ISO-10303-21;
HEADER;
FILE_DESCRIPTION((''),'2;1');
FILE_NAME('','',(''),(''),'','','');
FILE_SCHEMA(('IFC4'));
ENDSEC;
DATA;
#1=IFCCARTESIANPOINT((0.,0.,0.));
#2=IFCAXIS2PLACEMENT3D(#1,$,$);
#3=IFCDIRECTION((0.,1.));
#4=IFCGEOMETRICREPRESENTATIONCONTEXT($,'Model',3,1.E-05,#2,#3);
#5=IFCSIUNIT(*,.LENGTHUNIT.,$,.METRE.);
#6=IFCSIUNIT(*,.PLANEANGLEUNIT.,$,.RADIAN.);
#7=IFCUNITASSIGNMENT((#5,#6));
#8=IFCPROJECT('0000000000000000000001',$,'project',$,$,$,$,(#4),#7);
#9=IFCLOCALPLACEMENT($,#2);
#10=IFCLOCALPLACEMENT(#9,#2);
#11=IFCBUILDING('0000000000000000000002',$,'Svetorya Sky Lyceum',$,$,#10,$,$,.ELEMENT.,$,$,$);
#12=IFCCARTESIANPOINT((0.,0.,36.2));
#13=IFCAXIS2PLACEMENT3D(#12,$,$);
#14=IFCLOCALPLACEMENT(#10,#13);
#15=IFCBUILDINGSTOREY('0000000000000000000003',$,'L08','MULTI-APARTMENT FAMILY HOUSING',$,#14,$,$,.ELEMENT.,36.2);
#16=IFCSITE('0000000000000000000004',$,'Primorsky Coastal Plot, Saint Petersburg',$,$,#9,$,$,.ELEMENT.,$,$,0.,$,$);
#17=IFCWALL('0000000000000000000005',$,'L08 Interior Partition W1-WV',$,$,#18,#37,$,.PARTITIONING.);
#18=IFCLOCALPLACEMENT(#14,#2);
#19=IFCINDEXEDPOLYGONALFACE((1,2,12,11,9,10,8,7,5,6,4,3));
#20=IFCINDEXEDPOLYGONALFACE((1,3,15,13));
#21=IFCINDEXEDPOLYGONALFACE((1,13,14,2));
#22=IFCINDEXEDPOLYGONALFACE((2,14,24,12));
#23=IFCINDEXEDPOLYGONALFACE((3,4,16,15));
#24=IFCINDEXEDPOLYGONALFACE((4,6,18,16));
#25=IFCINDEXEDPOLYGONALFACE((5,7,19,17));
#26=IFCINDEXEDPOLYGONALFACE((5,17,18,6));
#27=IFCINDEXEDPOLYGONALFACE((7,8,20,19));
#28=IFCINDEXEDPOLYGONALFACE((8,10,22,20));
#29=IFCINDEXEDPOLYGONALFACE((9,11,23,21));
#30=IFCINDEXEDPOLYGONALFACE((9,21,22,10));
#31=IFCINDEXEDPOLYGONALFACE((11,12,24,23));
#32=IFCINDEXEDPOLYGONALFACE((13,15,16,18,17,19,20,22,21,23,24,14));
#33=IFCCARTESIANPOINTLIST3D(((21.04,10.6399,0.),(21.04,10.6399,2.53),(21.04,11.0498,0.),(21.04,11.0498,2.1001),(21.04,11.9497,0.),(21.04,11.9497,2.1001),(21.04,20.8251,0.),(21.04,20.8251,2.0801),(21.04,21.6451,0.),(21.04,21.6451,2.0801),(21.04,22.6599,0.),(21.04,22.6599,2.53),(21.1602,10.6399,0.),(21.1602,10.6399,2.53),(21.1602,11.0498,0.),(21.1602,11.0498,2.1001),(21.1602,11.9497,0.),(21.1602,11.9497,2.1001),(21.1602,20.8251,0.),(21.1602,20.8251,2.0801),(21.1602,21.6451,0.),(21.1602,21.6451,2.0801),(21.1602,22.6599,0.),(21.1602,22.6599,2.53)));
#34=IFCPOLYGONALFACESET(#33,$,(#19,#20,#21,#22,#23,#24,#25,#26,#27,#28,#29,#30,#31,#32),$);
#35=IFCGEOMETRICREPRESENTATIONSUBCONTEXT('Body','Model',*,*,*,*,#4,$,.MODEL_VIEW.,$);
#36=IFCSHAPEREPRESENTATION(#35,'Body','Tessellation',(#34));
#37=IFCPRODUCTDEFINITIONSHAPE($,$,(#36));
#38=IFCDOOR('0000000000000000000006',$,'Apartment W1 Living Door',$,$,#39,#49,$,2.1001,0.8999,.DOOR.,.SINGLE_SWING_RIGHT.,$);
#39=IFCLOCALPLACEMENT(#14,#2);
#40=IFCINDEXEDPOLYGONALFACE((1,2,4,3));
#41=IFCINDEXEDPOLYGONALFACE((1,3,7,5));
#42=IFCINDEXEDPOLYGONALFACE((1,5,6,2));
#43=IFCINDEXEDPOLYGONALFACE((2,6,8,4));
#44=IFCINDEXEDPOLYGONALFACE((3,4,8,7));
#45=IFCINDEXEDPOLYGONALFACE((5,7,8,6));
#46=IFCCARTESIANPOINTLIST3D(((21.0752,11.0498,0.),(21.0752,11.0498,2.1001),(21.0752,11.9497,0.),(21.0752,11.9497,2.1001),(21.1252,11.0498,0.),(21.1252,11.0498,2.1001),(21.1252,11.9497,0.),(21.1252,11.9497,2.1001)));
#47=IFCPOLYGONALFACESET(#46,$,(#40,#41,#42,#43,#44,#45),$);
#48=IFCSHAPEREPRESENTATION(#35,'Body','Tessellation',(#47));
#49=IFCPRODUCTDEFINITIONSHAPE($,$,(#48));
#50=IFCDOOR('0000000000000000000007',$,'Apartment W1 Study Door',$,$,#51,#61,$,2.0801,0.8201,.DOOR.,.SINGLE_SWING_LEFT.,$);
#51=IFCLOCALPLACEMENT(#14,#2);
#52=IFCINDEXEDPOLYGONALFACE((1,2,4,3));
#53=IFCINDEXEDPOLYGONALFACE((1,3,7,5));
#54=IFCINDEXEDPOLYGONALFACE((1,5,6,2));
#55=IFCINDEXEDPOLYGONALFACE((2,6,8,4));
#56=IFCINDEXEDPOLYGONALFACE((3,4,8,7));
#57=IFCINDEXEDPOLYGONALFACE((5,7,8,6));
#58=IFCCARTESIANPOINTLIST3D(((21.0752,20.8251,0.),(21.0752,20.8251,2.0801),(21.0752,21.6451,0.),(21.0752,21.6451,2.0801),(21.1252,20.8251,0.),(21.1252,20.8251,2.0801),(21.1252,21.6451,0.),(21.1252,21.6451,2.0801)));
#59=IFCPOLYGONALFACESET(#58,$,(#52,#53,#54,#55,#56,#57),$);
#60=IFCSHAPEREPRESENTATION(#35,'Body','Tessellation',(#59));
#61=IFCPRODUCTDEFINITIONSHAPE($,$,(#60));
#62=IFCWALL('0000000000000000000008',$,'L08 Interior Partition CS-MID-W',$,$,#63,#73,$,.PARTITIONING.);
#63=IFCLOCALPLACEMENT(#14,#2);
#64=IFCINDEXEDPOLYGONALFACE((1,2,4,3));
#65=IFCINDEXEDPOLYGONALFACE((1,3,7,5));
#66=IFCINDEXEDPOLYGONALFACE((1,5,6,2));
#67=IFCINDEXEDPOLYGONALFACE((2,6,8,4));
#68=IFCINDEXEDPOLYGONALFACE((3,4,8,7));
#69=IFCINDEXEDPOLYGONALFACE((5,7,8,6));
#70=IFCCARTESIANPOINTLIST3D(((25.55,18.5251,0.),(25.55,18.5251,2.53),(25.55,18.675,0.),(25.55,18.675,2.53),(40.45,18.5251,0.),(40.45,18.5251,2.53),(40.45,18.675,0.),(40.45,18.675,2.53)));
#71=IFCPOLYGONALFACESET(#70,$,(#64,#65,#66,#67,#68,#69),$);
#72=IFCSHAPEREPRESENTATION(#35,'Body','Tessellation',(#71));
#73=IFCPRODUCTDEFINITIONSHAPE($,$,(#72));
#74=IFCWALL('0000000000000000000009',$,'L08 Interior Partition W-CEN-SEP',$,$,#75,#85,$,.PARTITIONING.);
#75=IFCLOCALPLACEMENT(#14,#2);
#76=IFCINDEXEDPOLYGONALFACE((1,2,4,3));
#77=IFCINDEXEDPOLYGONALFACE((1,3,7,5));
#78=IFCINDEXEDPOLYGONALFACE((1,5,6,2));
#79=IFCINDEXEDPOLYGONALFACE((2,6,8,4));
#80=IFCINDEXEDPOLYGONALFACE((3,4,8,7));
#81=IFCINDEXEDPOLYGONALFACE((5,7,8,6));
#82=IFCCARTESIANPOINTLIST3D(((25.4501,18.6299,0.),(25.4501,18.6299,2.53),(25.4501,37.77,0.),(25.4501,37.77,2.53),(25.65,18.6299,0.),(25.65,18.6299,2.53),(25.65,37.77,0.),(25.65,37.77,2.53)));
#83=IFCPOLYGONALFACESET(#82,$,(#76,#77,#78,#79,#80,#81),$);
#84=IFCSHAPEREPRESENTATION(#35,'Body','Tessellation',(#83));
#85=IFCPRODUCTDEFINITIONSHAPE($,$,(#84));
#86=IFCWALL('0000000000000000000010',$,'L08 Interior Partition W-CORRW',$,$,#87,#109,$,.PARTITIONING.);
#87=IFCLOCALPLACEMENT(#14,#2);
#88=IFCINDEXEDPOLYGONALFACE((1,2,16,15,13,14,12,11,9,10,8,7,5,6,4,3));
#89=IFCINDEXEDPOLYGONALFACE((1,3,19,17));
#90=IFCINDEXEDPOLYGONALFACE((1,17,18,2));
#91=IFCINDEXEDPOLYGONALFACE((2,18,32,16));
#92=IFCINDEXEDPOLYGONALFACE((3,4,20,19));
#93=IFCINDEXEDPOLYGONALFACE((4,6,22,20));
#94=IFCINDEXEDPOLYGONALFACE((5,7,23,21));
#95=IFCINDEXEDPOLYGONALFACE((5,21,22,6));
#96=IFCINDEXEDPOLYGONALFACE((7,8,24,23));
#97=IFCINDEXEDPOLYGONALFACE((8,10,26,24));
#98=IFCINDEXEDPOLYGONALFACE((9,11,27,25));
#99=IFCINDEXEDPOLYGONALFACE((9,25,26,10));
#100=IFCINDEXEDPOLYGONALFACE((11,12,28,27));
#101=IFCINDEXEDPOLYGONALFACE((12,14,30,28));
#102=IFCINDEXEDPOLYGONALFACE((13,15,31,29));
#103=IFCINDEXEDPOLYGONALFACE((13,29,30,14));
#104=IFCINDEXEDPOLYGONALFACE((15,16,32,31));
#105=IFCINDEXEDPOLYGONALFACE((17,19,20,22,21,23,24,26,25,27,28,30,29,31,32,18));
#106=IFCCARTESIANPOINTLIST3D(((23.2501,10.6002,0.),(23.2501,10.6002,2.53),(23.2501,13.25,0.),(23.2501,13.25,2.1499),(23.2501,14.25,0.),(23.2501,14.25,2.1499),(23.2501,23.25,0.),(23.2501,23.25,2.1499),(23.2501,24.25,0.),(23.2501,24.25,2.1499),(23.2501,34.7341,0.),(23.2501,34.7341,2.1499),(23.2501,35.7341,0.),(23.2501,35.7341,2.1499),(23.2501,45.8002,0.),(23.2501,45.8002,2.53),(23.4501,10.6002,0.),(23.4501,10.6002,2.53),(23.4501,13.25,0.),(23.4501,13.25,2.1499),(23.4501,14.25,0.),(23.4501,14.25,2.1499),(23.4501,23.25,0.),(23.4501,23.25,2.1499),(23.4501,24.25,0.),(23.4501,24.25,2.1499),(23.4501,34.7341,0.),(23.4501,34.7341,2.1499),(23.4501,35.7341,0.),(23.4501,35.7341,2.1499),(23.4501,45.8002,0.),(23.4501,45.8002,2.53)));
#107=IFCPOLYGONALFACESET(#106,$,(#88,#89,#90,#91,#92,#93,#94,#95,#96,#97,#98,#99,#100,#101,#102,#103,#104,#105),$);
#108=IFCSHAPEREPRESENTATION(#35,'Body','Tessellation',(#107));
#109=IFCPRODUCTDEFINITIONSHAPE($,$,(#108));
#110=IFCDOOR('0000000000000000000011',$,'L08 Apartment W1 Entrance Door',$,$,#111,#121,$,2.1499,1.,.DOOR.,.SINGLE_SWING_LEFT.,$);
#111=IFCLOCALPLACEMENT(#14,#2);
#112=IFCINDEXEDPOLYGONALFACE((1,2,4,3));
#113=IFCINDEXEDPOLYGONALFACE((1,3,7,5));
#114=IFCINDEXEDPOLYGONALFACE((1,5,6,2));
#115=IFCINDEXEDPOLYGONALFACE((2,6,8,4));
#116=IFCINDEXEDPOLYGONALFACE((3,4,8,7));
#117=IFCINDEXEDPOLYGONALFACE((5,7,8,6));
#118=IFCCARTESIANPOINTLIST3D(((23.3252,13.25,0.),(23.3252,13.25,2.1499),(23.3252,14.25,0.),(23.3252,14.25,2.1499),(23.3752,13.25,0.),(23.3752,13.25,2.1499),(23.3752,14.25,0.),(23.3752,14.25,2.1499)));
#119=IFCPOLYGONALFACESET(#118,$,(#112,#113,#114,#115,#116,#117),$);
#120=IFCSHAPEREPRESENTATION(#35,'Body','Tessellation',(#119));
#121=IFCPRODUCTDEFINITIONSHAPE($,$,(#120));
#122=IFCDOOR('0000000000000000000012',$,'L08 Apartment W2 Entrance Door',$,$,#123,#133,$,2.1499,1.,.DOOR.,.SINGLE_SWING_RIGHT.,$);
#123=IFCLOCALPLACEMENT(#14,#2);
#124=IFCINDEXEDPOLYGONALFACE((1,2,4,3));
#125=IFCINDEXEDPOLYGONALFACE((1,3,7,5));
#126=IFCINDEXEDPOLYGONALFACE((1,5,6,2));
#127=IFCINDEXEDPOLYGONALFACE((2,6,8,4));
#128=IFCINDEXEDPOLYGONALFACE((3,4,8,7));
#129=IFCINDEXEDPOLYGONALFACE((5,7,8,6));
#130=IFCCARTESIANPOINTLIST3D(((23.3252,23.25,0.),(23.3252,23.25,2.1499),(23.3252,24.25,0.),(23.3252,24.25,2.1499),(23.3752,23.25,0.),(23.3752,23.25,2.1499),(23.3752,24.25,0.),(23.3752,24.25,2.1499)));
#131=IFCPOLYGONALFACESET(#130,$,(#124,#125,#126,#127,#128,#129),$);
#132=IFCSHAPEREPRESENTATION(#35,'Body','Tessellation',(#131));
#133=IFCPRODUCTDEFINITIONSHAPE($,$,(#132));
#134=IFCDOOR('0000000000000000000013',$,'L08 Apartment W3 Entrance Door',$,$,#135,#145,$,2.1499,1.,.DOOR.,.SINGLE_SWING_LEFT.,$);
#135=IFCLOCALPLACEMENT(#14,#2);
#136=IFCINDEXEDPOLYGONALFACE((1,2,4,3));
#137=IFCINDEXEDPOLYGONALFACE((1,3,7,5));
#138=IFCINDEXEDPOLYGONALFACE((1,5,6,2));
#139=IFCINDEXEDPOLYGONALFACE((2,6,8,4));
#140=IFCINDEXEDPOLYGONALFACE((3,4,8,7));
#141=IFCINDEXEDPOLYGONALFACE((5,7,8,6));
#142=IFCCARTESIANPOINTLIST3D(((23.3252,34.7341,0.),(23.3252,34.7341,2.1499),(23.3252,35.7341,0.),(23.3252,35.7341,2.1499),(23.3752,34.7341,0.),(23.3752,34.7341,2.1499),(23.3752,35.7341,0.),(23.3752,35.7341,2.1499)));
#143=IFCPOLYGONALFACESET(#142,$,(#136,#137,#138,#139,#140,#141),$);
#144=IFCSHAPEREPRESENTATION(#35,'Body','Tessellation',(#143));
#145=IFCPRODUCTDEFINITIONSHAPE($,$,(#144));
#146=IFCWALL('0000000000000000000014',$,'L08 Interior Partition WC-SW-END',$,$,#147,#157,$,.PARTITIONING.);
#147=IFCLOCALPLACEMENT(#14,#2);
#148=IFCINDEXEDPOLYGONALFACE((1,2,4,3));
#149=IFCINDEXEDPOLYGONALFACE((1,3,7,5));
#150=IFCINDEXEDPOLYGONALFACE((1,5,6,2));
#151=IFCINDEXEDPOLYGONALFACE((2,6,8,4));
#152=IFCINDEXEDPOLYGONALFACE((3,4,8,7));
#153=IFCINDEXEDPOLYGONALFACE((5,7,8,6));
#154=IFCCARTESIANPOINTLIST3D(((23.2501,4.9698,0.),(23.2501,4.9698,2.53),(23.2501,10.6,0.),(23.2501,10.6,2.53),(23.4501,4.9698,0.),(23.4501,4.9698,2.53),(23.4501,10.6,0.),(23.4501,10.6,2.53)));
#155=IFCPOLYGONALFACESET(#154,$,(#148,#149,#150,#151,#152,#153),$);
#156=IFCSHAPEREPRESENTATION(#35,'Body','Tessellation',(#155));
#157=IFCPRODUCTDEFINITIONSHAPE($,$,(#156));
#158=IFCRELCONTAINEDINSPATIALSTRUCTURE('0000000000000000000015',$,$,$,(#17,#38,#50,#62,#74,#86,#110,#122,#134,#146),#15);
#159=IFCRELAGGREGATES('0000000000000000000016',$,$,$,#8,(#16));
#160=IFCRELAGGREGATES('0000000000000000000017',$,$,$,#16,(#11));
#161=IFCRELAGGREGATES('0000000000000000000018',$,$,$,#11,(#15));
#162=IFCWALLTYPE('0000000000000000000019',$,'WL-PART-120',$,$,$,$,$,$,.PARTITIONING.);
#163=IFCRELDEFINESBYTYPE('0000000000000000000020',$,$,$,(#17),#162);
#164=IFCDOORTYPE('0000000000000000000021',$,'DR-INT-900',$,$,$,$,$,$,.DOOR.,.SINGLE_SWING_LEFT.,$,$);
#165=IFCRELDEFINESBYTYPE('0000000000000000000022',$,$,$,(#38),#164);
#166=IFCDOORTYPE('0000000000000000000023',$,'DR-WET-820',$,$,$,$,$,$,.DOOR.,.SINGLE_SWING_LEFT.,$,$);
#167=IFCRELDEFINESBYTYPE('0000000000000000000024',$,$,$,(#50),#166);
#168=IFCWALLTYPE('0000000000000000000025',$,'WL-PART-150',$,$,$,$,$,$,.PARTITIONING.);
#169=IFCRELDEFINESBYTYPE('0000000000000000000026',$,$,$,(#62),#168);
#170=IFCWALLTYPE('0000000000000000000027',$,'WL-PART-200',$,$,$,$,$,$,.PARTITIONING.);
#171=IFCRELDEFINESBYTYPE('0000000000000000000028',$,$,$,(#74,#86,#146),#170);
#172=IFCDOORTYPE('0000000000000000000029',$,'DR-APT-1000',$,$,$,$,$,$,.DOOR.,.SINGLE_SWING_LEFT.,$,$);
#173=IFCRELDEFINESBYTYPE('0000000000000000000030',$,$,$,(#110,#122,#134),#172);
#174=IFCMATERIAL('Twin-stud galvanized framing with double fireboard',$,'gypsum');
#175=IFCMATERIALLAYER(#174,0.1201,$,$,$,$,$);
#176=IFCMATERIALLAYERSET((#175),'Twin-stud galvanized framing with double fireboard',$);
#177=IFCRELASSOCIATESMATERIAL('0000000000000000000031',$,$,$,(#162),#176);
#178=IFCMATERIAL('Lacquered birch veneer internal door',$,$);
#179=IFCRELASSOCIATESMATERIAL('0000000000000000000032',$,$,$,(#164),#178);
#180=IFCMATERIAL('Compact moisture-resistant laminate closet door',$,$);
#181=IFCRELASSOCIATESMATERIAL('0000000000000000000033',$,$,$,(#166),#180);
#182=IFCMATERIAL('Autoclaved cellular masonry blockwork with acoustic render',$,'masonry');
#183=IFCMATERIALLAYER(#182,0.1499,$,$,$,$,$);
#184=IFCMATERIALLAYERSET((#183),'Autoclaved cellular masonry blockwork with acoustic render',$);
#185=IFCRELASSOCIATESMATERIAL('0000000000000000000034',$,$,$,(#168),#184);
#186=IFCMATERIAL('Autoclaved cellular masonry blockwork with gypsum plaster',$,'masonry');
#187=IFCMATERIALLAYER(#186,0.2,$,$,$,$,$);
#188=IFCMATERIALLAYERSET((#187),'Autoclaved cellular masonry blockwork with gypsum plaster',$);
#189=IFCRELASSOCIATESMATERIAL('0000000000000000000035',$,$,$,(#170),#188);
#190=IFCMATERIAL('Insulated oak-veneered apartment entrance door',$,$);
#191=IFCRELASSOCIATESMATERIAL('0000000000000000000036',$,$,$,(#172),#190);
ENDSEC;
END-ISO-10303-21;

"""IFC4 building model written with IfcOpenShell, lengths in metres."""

from ifc_helpers import new_model, si_unit, direction, frame, frame_2d, origin, place, context, subcontext, project, spatial, rectangle, extrude, material, layer, layer_set, type_object, element, fill, save


model = new_model("IFC4")

# Units and contexts
model_context = context("Model", 3, precision=1e-05, world=origin(), true_north=direction((0.0, 1.0)))
body_context = subcontext(model_context, "Body", "Model", "MODEL_VIEW")
ifc_project = project(units=[si_unit("LENGTHUNIT", "METRE"), si_unit("PLANEANGLEUNIT", "RADIAN")], contexts=[model_context])

# Site, building, storey
site_placement = place(None, origin())
site = spatial("IfcSite", under=ifc_project, at=site_placement, Name="Primorsky Coastal Plot, Saint Petersburg", CompositionType="ELEMENT", RefElevation=0.0)
building_placement = place(site_placement, origin())
building = spatial("IfcBuilding", under=site, at=building_placement, Name="Svetorya Sky Lyceum", CompositionType="ELEMENT")
storey_placement = place(building_placement, frame((0.0, 0.0, 36.2)))
storey = spatial("IfcBuildingStorey", under=building, at=storey_placement, Name="L08", Description="MULTI-APARTMENT FAMILY HOUSING", CompositionType="ELEMENT", Elevation=36.2)

# Shared definitions
ifc_material_1 = material(Name="Twin-stud galvanized framing with double fireboard", Category="gypsum")
ifc_layer_1 = layer(ifc_material_1, 0.1201)
ifc_layer_set_1 = layer_set([ifc_layer_1], Name="Twin-stud galvanized framing with double fireboard")
wall_type_1 = type_object("IfcWallType", Name="WL-PART-120", PredefinedType="PARTITIONING", material=ifc_layer_set_1)

# Wall, openings, doors
wall_1_placement = place(storey_placement, frame((21.1001, 10.6399, 0.0), z_axis=(0.0, 0.0, 1.0), x_axis=(0.0, 1.0, 0.0)))
wall_1 = element("IfcWall", 1, at=wall_1_placement, inside=storey, type_object=wall_type_1, Name="L08 Interior Partition W1-WV", PredefinedType="PARTITIONING", context=body_context, shape_type="SweptSolid", body=[
    extrude(rectangle(XDim=12.02, YDim=0.1201, at=frame_2d((6.01, 0.0))), origin(), (0.0, 0.0, 1.0), 2.53),
])
opening_1_placement = place(wall_1_placement, frame((0.4099, 0.0, 0.0)))
opening_1 = element("IfcOpeningElement", 2, at=opening_1_placement, cuts=wall_1, PredefinedType="OPENING", context=body_context, shape_type="SweptSolid", body=[
    extrude(rectangle(XDim=0.8999, YDim=2.1001, at=frame_2d((0.45, 1.05))), frame((0.0, 0.0701, 0.0), z_axis=(0.0, -1.0, 0.0), x_axis=(1.0, 0.0, 0.0)), (0.0, 0.0, 1.0), 0.1401),
])
opening_2_placement = place(wall_1_placement, frame((10.1851, 0.0, 0.0)))
opening_2 = element("IfcOpeningElement", 3, at=opening_2_placement, cuts=wall_1, PredefinedType="OPENING", context=body_context, shape_type="SweptSolid", body=[
    extrude(rectangle(XDim=0.8201, YDim=2.0801, at=frame_2d((0.4102, 1.04))), frame((0.0, 0.0701, 0.0), z_axis=(0.0, -1.0, 0.0), x_axis=(1.0, 0.0, 0.0)), (0.0, 0.0, 1.0), 0.1401),
])
ifc_material_2 = material(Name="Lacquered birch veneer internal door")
door_type_1 = type_object("IfcDoorType", Name="DR-INT-900", OperationType="SINGLE_SWING_LEFT", PredefinedType="DOOR", material=ifc_material_2)
door_1_placement = place(opening_1_placement, origin())
door_1 = element("IfcDoor", 4, at=door_1_placement, inside=storey, type_object=door_type_1, Name="Apartment W1 Living Door", OperationType="SINGLE_SWING_RIGHT", OverallHeight=2.1001, OverallWidth=0.8999, PredefinedType="DOOR", context=body_context, shape_type="SweptSolid", body=[
    extrude(rectangle(XDim=0.8999, YDim=2.1001, at=frame_2d((0.45, 1.05))), frame((0.0, 0.0249, 0.0), z_axis=(0.0, -1.0, 0.0), x_axis=(1.0, 0.0, 0.0)), (0.0, 0.0, 1.0), 0.05),
])
fill(opening_1, door_1)
ifc_material_3 = material(Name="Compact moisture-resistant laminate closet door")
door_type_2 = type_object("IfcDoorType", Name="DR-WET-820", OperationType="SINGLE_SWING_LEFT", PredefinedType="DOOR", material=ifc_material_3)
door_2_placement = place(opening_2_placement, origin())
door_2 = element("IfcDoor", 5, at=door_2_placement, inside=storey, type_object=door_type_2, Name="Apartment W1 Study Door", OperationType="SINGLE_SWING_LEFT", OverallHeight=2.0801, OverallWidth=0.8201, PredefinedType="DOOR", context=body_context, shape_type="SweptSolid", body=[
    extrude(rectangle(XDim=0.8201, YDim=2.0801, at=frame_2d((0.4102, 1.04))), frame((0.0, 0.0249, 0.0), z_axis=(0.0, -1.0, 0.0), x_axis=(1.0, 0.0, 0.0)), (0.0, 0.0, 1.0), 0.05),
])
fill(opening_2, door_2)

# Walls
ifc_material_4 = material(Name="Autoclaved cellular masonry blockwork with acoustic render", Category="masonry")
ifc_layer_2 = layer(ifc_material_4, 0.1499)
ifc_layer_set_2 = layer_set([ifc_layer_2], Name="Autoclaved cellular masonry blockwork with acoustic render")
wall_type_2 = type_object("IfcWallType", Name="WL-PART-150", PredefinedType="PARTITIONING", material=ifc_layer_set_2)
wall_2_placement = place(storey_placement, frame((25.55, 18.6001, 0.0), z_axis=(0.0, 0.0, 1.0), x_axis=(1.0, 0.0, 0.0)))
element("IfcWall", 6, at=wall_2_placement, inside=storey, type_object=wall_type_2, Name="L08 Interior Partition CS-MID-W", PredefinedType="PARTITIONING", context=body_context, shape_type="SweptSolid", body=[
    extrude(rectangle(XDim=14.8999, YDim=0.1499, at=frame_2d((7.45, 0.0))), origin(), (0.0, 0.0, 1.0), 2.53),
])
ifc_material_5 = material(Name="Autoclaved cellular masonry blockwork with gypsum plaster", Category="masonry")
ifc_layer_3 = layer(ifc_material_5, 0.2)
ifc_layer_set_3 = layer_set([ifc_layer_3], Name="Autoclaved cellular masonry blockwork with gypsum plaster")
wall_type_3 = type_object("IfcWallType", Name="WL-PART-200", PredefinedType="PARTITIONING", material=ifc_layer_set_3)
wall_3_placement = place(storey_placement, frame((25.55, 18.6299, 0.0), z_axis=(0.0, 0.0, 1.0), x_axis=(0.0, 1.0, 0.0)))
element("IfcWall", 7, at=wall_3_placement, inside=storey, type_object=wall_type_3, Name="L08 Interior Partition W-CEN-SEP", PredefinedType="PARTITIONING", context=body_context, shape_type="SweptSolid", body=[
    extrude(rectangle(XDim=19.1401, YDim=0.2, at=frame_2d((9.5701, 0.0))), origin(), (0.0, 0.0, 1.0), 2.53),
])

# Wall, openings, doors
wall_4_placement = place(storey_placement, frame((23.3501, 10.6001, 0.0), z_axis=(0.0, 0.0, 1.0), x_axis=(0.0, 1.0, 0.0)))
wall_4 = element("IfcWall", 8, at=wall_4_placement, inside=storey, type_object=wall_type_3, Name="L08 Interior Partition W-CORRW", PredefinedType="PARTITIONING", context=body_context, shape_type="SweptSolid", body=[
    extrude(rectangle(XDim=35.2, YDim=0.2, at=frame_2d((17.6001, 0.0))), origin(), (0.0, 0.0, 1.0), 2.53),
])
opening_3_placement = place(wall_4_placement, frame((2.6499, 0.0, 0.0)))
opening_3 = element("IfcOpeningElement", 9, at=opening_3_placement, cuts=wall_4, PredefinedType="OPENING", context=body_context, shape_type="SweptSolid", body=[
    extrude(rectangle(XDim=1.0, YDim=2.1499, at=frame_2d((0.5, 1.075))), frame((0.0, 0.1099, 0.0), z_axis=(0.0, -1.0, 0.0), x_axis=(1.0, 0.0, 0.0)), (0.0, 0.0, 1.0), 0.22),
])
opening_4_placement = place(wall_4_placement, frame((12.6499, 0.0, 0.0)))
opening_4 = element("IfcOpeningElement", 10, at=opening_4_placement, cuts=wall_4, PredefinedType="OPENING", context=body_context, shape_type="SweptSolid", body=[
    extrude(rectangle(XDim=1.0, YDim=2.1499, at=frame_2d((0.5, 1.075))), frame((0.0, 0.1099, 0.0), z_axis=(0.0, -1.0, 0.0), x_axis=(1.0, 0.0, 0.0)), (0.0, 0.0, 1.0), 0.22),
])
opening_5_placement = place(wall_4_placement, frame((24.134, 0.0, 0.0)))
opening_5 = element("IfcOpeningElement", 11, at=opening_5_placement, cuts=wall_4, PredefinedType="OPENING", context=body_context, shape_type="SweptSolid", body=[
    extrude(rectangle(XDim=1.0, YDim=2.1499, at=frame_2d((0.5, 1.075))), frame((0.0, 0.1099, 0.0), z_axis=(0.0, -1.0, 0.0), x_axis=(1.0, 0.0, 0.0)), (0.0, 0.0, 1.0), 0.22),
])
ifc_material_6 = material(Name="Insulated oak-veneered apartment entrance door")
door_type_3 = type_object("IfcDoorType", Name="DR-APT-1000", OperationType="SINGLE_SWING_LEFT", PredefinedType="DOOR", material=ifc_material_6)
door_3_placement = place(opening_3_placement, origin())
door_3 = element("IfcDoor", 12, at=door_3_placement, inside=storey, type_object=door_type_3, Name="L08 Apartment W1 Entrance Door", OperationType="SINGLE_SWING_LEFT", OverallHeight=2.1499, OverallWidth=1.0, PredefinedType="DOOR", context=body_context, shape_type="SweptSolid", body=[
    extrude(rectangle(XDim=1.0, YDim=2.1499, at=frame_2d((0.5, 1.075))), frame((0.0, 0.0249, 0.0), z_axis=(0.0, -1.0, 0.0), x_axis=(1.0, 0.0, 0.0)), (0.0, 0.0, 1.0), 0.05),
])
fill(opening_3, door_3)
door_4_placement = place(opening_4_placement, origin())
door_4 = element("IfcDoor", 13, at=door_4_placement, inside=storey, type_object=door_type_3, Name="L08 Apartment W2 Entrance Door", OperationType="SINGLE_SWING_RIGHT", OverallHeight=2.1499, OverallWidth=1.0, PredefinedType="DOOR", context=body_context, shape_type="SweptSolid", body=[
    extrude(rectangle(XDim=1.0, YDim=2.1499, at=frame_2d((0.5, 1.075))), frame((0.0, 0.0249, 0.0), z_axis=(0.0, -1.0, 0.0), x_axis=(1.0, 0.0, 0.0)), (0.0, 0.0, 1.0), 0.05),
])
fill(opening_4, door_4)
door_5_placement = place(opening_5_placement, origin())
door_5 = element("IfcDoor", 14, at=door_5_placement, inside=storey, type_object=door_type_3, Name="L08 Apartment W3 Entrance Door", OperationType="SINGLE_SWING_LEFT", OverallHeight=2.1499, OverallWidth=1.0, PredefinedType="DOOR", context=body_context, shape_type="SweptSolid", body=[
    extrude(rectangle(XDim=1.0, YDim=2.1499, at=frame_2d((0.5, 1.075))), frame((0.0, 0.0249, 0.0), z_axis=(0.0, -1.0, 0.0), x_axis=(1.0, 0.0, 0.0)), (0.0, 0.0, 1.0), 0.05),
])
fill(opening_5, door_5)

# Wall
wall_5_placement = place(storey_placement, frame((23.3501, 4.97, 0.0), z_axis=(0.0, 0.0, 1.0), x_axis=(0.0, 1.0, 0.0)))
element("IfcWall", 15, at=wall_5_placement, inside=storey, type_object=wall_type_3, Name="L08 Interior Partition WC-SW-END", PredefinedType="PARTITIONING", context=body_context, shape_type="SweptSolid", body=[
    extrude(rectangle(XDim=5.6301, YDim=0.2, at=frame_2d((2.8149, 0.0))), origin(), (0.0, 0.0, 1.0), 2.53),
])

save(model, "model.ifc")
